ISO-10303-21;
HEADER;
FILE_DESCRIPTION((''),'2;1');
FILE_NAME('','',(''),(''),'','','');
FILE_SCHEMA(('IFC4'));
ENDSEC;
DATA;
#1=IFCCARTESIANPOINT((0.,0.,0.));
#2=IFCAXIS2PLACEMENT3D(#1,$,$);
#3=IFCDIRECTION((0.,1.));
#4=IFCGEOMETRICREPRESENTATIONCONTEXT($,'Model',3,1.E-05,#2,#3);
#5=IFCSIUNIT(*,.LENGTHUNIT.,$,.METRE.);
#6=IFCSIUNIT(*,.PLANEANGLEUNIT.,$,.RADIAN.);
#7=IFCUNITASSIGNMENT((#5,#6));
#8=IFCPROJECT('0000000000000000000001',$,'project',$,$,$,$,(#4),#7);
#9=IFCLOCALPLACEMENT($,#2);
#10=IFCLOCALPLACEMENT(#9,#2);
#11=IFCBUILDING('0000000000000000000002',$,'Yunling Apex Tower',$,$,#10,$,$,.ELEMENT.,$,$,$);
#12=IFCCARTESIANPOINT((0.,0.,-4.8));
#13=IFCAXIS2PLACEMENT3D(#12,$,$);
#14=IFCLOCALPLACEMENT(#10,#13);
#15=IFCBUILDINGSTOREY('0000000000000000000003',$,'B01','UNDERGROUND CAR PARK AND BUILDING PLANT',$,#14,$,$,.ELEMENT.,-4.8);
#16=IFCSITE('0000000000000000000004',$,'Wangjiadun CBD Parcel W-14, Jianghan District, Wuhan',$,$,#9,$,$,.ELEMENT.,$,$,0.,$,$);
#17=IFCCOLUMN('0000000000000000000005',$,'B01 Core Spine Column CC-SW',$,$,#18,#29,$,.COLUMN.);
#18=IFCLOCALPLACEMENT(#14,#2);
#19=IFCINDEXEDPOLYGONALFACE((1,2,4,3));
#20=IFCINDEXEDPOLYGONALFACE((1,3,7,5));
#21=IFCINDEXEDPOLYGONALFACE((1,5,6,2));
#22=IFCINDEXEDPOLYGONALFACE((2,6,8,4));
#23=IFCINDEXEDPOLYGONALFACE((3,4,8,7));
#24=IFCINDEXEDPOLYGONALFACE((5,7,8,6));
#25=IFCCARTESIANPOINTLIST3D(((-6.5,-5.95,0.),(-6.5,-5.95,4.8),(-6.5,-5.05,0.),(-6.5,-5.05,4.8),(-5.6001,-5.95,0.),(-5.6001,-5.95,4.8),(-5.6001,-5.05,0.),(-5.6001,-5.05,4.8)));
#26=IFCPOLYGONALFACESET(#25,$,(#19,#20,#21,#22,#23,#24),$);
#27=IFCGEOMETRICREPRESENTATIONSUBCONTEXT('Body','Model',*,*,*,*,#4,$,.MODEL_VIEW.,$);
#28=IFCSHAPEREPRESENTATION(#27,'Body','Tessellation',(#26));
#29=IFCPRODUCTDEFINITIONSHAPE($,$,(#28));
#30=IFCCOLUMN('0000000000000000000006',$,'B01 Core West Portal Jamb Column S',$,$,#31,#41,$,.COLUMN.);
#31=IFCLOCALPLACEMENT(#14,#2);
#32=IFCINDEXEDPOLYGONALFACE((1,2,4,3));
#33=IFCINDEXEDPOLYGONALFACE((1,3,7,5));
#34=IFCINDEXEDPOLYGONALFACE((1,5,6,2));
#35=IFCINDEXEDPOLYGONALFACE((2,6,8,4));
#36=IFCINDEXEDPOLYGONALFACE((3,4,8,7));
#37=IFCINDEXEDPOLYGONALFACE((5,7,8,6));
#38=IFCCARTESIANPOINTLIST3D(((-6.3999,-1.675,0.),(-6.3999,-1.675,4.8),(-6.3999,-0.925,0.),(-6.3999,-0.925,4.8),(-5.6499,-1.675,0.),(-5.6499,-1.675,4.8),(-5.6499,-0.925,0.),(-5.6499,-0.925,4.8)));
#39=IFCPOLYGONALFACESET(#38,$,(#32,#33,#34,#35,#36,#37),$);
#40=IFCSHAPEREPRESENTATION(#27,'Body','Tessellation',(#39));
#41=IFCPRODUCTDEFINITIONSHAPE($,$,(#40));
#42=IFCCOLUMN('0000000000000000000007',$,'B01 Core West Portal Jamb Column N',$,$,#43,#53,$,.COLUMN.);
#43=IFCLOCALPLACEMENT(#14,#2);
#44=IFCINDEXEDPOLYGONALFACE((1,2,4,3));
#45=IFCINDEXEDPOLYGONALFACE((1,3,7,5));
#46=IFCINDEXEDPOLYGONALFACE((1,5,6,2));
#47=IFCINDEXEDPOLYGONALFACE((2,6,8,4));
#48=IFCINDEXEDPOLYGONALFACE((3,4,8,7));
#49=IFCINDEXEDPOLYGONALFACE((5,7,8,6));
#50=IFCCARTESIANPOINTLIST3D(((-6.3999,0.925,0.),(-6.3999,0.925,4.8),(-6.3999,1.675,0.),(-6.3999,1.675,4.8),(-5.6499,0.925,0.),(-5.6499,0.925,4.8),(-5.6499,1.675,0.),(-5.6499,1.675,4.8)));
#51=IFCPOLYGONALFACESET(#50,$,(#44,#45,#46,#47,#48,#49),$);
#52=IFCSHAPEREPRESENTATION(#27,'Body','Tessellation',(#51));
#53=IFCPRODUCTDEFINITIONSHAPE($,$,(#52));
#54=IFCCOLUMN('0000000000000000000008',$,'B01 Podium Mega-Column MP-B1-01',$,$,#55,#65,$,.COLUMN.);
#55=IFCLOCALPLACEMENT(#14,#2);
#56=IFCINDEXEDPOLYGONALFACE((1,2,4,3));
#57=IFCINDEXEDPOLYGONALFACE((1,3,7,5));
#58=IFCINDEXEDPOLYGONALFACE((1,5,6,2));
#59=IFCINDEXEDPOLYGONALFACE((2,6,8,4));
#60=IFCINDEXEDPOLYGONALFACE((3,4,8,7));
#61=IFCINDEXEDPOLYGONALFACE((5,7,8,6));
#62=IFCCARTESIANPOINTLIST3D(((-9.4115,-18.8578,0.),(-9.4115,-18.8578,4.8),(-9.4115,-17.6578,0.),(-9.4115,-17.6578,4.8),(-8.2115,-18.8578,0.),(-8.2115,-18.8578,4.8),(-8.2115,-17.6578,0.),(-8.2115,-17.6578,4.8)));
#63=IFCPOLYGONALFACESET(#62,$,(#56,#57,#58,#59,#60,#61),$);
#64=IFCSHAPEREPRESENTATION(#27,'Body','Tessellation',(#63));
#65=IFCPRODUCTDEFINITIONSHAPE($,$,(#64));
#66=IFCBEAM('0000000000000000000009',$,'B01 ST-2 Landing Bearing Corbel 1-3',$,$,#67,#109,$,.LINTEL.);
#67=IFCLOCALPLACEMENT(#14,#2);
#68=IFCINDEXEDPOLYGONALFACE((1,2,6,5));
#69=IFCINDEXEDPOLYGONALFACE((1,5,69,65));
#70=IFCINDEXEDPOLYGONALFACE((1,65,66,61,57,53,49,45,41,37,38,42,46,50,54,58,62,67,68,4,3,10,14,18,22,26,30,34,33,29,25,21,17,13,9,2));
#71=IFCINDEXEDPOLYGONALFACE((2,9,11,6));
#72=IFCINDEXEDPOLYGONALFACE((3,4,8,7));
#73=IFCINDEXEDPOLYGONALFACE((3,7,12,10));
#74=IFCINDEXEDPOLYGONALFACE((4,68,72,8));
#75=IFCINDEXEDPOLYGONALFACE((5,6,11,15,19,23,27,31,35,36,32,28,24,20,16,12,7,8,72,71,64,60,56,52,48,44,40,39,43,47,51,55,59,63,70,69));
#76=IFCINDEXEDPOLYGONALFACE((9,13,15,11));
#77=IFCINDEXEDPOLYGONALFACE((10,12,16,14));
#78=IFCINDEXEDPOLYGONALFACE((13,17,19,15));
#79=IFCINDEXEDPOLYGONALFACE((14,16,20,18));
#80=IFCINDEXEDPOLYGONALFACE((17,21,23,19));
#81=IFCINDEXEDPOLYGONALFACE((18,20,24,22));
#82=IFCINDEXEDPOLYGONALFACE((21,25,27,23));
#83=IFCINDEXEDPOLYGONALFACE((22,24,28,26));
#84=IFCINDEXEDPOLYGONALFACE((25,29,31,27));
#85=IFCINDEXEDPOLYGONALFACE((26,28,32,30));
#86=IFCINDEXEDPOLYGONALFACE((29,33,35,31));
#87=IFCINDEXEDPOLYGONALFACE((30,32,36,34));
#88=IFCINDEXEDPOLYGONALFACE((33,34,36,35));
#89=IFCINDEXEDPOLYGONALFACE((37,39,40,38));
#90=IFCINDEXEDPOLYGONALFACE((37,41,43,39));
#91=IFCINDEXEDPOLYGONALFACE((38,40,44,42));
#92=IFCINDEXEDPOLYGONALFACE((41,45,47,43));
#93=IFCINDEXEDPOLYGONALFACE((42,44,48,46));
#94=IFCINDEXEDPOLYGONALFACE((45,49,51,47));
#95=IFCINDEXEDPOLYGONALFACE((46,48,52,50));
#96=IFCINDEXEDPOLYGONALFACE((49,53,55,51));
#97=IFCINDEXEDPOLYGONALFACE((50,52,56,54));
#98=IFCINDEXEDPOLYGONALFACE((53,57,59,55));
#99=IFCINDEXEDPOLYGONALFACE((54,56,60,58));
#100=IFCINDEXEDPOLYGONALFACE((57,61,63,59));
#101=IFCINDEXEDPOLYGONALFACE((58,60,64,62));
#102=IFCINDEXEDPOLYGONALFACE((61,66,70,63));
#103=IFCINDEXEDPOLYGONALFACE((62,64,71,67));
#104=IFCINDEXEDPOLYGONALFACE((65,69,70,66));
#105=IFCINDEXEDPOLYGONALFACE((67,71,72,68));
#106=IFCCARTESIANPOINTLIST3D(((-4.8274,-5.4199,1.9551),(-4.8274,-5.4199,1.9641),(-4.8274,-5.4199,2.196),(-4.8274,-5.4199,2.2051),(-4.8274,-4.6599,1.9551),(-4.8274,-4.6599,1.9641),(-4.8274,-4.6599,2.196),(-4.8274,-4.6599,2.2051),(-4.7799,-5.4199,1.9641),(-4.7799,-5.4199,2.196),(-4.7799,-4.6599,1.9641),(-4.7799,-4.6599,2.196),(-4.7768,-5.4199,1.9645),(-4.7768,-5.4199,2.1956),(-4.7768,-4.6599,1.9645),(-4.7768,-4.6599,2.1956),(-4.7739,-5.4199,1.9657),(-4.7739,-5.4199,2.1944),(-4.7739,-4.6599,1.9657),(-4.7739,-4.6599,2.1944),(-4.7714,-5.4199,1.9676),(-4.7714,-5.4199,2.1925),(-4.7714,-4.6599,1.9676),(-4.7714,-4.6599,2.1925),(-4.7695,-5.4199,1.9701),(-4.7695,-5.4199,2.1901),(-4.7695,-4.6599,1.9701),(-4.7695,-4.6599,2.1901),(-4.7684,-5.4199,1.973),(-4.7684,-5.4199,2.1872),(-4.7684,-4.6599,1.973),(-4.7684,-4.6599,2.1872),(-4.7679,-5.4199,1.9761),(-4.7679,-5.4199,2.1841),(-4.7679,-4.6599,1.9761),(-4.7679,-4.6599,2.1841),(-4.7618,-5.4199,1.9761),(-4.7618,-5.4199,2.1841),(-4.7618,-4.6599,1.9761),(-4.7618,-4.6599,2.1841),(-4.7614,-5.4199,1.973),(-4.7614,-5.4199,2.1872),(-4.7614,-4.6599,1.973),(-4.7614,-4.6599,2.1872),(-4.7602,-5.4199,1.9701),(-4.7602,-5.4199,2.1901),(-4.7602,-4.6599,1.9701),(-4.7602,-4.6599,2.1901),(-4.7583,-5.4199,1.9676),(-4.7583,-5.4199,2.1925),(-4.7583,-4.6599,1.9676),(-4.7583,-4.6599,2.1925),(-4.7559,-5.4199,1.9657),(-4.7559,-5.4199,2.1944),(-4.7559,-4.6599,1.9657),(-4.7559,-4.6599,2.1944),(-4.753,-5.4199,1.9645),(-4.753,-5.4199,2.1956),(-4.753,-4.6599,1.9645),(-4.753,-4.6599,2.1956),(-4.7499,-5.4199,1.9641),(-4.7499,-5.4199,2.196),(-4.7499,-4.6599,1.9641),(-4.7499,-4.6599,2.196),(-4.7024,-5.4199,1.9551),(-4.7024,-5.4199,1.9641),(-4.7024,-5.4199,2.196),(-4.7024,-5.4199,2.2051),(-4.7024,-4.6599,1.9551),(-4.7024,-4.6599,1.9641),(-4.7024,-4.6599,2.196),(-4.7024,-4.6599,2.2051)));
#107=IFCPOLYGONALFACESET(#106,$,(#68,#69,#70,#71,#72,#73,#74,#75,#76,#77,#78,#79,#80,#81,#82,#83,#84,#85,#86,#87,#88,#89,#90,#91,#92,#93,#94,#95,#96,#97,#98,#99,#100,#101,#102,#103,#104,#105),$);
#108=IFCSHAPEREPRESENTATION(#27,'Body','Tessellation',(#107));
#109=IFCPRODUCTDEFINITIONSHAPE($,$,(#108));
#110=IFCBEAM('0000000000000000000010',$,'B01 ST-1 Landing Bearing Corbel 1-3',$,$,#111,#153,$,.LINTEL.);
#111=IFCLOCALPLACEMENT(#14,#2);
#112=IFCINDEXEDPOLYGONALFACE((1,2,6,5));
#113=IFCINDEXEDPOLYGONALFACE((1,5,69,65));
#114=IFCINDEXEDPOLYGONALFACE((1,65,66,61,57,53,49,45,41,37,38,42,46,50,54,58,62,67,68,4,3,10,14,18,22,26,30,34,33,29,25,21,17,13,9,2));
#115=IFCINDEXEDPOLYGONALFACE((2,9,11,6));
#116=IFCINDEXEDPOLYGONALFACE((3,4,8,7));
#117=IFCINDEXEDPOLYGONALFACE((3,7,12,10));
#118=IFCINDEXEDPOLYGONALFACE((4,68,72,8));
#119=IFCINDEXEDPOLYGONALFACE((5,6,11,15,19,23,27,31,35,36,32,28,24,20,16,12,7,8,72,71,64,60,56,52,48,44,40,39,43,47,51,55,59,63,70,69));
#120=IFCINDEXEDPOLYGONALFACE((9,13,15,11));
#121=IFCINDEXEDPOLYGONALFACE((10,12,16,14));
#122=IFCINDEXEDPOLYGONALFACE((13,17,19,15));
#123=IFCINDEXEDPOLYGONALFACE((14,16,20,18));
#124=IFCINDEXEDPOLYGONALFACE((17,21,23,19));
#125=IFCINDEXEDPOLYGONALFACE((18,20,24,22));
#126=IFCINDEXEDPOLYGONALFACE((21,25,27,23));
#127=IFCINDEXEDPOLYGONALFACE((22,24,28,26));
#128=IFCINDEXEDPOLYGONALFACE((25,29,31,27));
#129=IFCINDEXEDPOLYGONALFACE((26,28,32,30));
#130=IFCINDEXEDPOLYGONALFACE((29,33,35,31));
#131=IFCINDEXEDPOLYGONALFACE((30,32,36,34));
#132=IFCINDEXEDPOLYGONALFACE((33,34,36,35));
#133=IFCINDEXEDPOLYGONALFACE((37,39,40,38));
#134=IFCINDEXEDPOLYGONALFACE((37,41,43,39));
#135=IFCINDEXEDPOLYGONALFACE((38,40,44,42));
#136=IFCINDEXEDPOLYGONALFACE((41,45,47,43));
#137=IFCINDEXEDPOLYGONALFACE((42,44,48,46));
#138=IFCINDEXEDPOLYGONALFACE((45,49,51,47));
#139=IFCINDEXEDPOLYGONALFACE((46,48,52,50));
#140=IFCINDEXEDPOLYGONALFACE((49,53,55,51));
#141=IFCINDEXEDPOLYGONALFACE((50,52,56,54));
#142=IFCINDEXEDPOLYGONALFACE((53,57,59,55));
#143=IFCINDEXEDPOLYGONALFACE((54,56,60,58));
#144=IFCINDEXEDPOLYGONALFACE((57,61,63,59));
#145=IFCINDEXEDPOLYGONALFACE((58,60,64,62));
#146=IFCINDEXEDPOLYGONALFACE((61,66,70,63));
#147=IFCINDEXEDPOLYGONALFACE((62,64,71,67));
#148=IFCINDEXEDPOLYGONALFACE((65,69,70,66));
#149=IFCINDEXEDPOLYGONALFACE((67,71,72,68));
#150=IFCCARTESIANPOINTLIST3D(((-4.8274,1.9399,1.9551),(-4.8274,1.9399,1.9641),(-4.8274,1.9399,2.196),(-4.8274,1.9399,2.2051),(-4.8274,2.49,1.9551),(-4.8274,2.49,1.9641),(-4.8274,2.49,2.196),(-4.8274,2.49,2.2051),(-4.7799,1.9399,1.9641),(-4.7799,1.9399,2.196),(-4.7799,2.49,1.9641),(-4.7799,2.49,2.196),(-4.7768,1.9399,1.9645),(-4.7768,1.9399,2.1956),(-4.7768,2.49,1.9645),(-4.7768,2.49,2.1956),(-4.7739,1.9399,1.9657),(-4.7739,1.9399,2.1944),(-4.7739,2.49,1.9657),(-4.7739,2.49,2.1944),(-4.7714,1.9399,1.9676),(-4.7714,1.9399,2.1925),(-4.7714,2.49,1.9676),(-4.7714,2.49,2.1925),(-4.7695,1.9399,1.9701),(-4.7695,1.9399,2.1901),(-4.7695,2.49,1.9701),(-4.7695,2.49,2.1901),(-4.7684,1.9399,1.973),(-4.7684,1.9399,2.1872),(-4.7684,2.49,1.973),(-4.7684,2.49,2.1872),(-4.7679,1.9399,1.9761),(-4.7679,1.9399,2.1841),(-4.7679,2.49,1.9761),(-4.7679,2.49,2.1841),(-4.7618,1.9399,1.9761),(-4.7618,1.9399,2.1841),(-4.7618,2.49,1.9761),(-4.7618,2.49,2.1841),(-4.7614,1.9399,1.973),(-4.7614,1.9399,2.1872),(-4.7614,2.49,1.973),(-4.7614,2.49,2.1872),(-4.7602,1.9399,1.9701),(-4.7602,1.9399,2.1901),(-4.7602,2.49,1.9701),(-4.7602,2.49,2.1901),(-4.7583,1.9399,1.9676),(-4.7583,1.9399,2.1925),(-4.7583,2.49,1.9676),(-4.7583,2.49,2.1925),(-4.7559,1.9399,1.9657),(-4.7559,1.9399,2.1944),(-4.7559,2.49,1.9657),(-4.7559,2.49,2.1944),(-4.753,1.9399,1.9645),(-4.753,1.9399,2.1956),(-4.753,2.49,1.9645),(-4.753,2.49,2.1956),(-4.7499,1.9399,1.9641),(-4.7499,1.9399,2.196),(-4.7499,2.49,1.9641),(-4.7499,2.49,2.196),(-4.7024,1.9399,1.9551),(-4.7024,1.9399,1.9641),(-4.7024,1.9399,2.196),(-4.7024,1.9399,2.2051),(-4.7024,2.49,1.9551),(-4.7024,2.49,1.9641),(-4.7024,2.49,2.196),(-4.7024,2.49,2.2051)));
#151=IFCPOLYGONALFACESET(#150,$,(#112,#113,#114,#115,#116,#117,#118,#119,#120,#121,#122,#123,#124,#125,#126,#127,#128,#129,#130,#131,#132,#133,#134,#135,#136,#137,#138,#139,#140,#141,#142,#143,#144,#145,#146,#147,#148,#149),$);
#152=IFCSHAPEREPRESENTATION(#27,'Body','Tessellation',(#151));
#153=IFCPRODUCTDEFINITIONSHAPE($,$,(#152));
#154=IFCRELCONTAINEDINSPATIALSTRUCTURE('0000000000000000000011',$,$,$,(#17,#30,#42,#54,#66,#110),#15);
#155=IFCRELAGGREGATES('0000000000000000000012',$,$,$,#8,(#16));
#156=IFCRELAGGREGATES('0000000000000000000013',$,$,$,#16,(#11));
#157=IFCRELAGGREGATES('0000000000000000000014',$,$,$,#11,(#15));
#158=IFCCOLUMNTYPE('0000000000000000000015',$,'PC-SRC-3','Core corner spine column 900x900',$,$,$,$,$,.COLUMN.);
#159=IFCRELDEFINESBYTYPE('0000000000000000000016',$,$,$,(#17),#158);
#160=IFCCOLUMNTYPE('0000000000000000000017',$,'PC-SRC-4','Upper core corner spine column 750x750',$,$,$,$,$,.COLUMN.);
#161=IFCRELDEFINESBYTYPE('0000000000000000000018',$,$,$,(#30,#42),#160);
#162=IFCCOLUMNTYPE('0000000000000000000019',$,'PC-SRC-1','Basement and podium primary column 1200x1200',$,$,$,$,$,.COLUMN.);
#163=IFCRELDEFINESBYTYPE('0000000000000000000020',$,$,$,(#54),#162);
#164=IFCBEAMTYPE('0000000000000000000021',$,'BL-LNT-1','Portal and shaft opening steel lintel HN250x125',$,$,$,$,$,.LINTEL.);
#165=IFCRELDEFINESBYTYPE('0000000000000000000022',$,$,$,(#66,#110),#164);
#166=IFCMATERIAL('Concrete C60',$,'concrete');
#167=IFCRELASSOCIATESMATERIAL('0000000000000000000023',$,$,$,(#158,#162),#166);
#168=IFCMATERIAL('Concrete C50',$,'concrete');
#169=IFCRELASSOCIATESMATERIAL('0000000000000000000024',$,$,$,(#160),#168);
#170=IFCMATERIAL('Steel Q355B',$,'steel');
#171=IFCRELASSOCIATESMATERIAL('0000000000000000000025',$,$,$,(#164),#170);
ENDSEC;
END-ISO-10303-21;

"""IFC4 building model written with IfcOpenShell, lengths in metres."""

from ifc_helpers import new_model, si_unit, direction, frame, origin, origin_2d, place, context, subcontext, project, spatial, rectangle, i_section, extrude, source, transform, mapped, material, material_profile, profile_set, type_object, element, save


model = new_model("IFC4")

# Units and contexts
model_context = context("Model", 3, precision=1e-05, world=origin(), true_north=direction((0.0, 1.0)))
body_context = subcontext(model_context, "Body", "Model", "MODEL_VIEW")
ifc_project = project(units=[si_unit("LENGTHUNIT", "METRE"), si_unit("PLANEANGLEUNIT", "RADIAN")], contexts=[model_context])

# Site, building, storey
site_placement = place(None, origin())
site = spatial("IfcSite", under=ifc_project, at=site_placement, Name="Wangjiadun CBD Parcel W-14, Jianghan District, Wuhan", CompositionType="ELEMENT", RefElevation=0.0)
building_placement = place(site_placement, origin())
building = spatial("IfcBuilding", under=site, at=building_placement, Name="Yunling Apex Tower", CompositionType="ELEMENT")
storey_placement = place(building_placement, frame((0.0, 0.0, -4.8)))
storey = spatial("IfcBuildingStorey", under=building, at=storey_placement, Name="B01", Description="UNDERGROUND CAR PARK AND BUILDING PLANT", CompositionType="ELEMENT", Elevation=-4.8)

# Columns
ifc_material_1 = material(Name="Concrete C60", Category="concrete")
ifc_material_profile_1 = material_profile(ifc_material_1, rectangle(XDim=0.8999, YDim=0.8999, at=origin_2d()))
ifc_profile_set_1 = profile_set([ifc_material_profile_1], Name="Concrete C60")
column_type_1 = type_object("IfcColumnType", Name="PC-SRC-3", Description="Core corner spine column 900x900", PredefinedType="COLUMN", material=ifc_profile_set_1)
shared_shape_1 = source(origin(), body_context, "Body", "SweptSolid", [
    extrude(rectangle(XDim=0.8999, YDim=0.8999, at=origin_2d()), origin(), (0.0, 0.0, 1.0), 4.8),
])
column_1_placement = place(storey_placement, frame((-6.05, -5.5, 0.0), z_axis=(0.0, 0.0, 1.0), x_axis=(1.0, 0.0, 0.0)))
element("IfcColumn", 1, at=column_1_placement, inside=storey, type_object=column_type_1, Name="B01 Core Spine Column CC-SW", PredefinedType="COLUMN", context=body_context, shape_type="MappedRepresentation", body=[
    mapped(shared_shape_1, transform((0.0, 0.0, 0.0), scale=1.0)),
])
ifc_material_2 = material(Name="Concrete C50", Category="concrete")
ifc_material_profile_2 = material_profile(ifc_material_2, rectangle(XDim=0.75, YDim=0.75, at=origin_2d()))
ifc_profile_set_2 = profile_set([ifc_material_profile_2], Name="Concrete C50")
column_type_2 = type_object("IfcColumnType", Name="PC-SRC-4", Description="Upper core corner spine column 750x750", PredefinedType="COLUMN", material=ifc_profile_set_2)
shared_shape_2 = source(origin(), body_context, "Body", "SweptSolid", [
    extrude(rectangle(XDim=0.75, YDim=0.75, at=origin_2d()), origin(), (0.0, 0.0, 1.0), 4.8),
])
for number, where, z_axis, x_axis, name in (
    (2, (-6.0249, -1.3, 0.0), (0.0, 0.0, 1.0), (1.0, 0.0, 0.0), "B01 Core West Portal Jamb Column S"),
    (3, (-6.0249, 1.3, 0.0), (0.0, 0.0, 1.0), (1.0, 0.0, 0.0), "B01 Core West Portal Jamb Column N"),
):
    element("IfcColumn", number, at=place(storey_placement, frame(where, z_axis=z_axis, x_axis=x_axis)), inside=storey, type_object=column_type_2, Name=name, PredefinedType="COLUMN", context=body_context, shape_type="MappedRepresentation", body=[
        mapped(shared_shape_2, transform((0.0, 0.0, 0.0), scale=1.0)),
    ])
ifc_material_profile_3 = material_profile(ifc_material_1, rectangle(XDim=1.2, YDim=1.2, at=origin_2d()))
ifc_profile_set_3 = profile_set([ifc_material_profile_3], Name="Concrete C60")
column_type_3 = type_object("IfcColumnType", Name="PC-SRC-1", Description="Basement and podium primary column 1200x1200", PredefinedType="COLUMN", material=ifc_profile_set_3)
shared_shape_3 = source(origin(), body_context, "Body", "SweptSolid", [
    extrude(rectangle(XDim=1.2, YDim=1.2, at=origin_2d()), origin(), (0.0, 0.0, 1.0), 4.8),
])
column_2_placement = place(storey_placement, frame((-8.8115, -18.2578, 0.0), z_axis=(0.0, 0.0, 1.0), x_axis=(1.0, 0.0, 0.0)))
element("IfcColumn", 4, at=column_2_placement, inside=storey, type_object=column_type_3, Name="B01 Podium Mega-Column MP-B1-01", PredefinedType="COLUMN", context=body_context, shape_type="MappedRepresentation", body=[
    mapped(shared_shape_3, transform((0.0, 0.0, 0.0), scale=1.0)),
])

# Beams
ifc_material_3 = material(Name="Steel Q355B", Category="steel")
ifc_material_profile_4 = material_profile(ifc_material_3, i_section(OverallWidth=0.125, OverallDepth=0.25, WebThickness=0.0061, FlangeThickness=0.009, FilletRadius=0.012, at=origin_2d()))
ifc_profile_set_4 = profile_set([ifc_material_profile_4], Name="Steel Q355B")
beam_type_1 = type_object("IfcBeamType", Name="BL-LNT-1", Description="Portal and shaft opening steel lintel HN250x125", PredefinedType="LINTEL", material=ifc_profile_set_4)
shared_shape_4 = source(origin(), body_context, "Body", "SweptSolid", [
    extrude(i_section(OverallWidth=0.125, OverallDepth=0.25, WebThickness=0.0061, FlangeThickness=0.009, FilletRadius=0.012, at=origin_2d()), origin(), (0.0, 0.0, 1.0), 0.76),
])
beam_1_placement = place(storey_placement, frame((-4.7649, -5.4199, 2.0801), z_axis=(0.0, 1.0, 0.0), x_axis=(-1.0, 0.0, 0.0)))
element("IfcBeam", 5, at=beam_1_placement, inside=storey, type_object=beam_type_1, Name="B01 ST-2 Landing Bearing Corbel 1-3", PredefinedType="LINTEL", context=body_context, shape_type="MappedRepresentation", body=[
    mapped(shared_shape_4, transform((0.0, 0.0, 0.0), scale=1.0)),
])
shared_shape_5 = source(origin(), body_context, "Body", "SweptSolid", [
    extrude(i_section(OverallWidth=0.125, OverallDepth=0.25, WebThickness=0.0061, FlangeThickness=0.009, FilletRadius=0.012, at=origin_2d()), origin(), (0.0, 0.0, 1.0), 0.55),
])
for number, where, z_axis, x_axis, name in (
    (6, (-4.7649, 1.9399, 2.0801), (0.0, 1.0, 0.0), (-1.0, 0.0, 0.0), "B01 ST-1 Landing Bearing Corbel 1-3"),
):
    element("IfcBeam", number, at=place(storey_placement, frame(where, z_axis=z_axis, x_axis=x_axis)), inside=storey, type_object=beam_type_1, Name=name, PredefinedType="LINTEL", context=body_context, shape_type="MappedRepresentation", body=[
        mapped(shared_shape_5, transform((0.0, 0.0, 0.0), scale=1.0)),
    ])

save(model, "model.ifc")
